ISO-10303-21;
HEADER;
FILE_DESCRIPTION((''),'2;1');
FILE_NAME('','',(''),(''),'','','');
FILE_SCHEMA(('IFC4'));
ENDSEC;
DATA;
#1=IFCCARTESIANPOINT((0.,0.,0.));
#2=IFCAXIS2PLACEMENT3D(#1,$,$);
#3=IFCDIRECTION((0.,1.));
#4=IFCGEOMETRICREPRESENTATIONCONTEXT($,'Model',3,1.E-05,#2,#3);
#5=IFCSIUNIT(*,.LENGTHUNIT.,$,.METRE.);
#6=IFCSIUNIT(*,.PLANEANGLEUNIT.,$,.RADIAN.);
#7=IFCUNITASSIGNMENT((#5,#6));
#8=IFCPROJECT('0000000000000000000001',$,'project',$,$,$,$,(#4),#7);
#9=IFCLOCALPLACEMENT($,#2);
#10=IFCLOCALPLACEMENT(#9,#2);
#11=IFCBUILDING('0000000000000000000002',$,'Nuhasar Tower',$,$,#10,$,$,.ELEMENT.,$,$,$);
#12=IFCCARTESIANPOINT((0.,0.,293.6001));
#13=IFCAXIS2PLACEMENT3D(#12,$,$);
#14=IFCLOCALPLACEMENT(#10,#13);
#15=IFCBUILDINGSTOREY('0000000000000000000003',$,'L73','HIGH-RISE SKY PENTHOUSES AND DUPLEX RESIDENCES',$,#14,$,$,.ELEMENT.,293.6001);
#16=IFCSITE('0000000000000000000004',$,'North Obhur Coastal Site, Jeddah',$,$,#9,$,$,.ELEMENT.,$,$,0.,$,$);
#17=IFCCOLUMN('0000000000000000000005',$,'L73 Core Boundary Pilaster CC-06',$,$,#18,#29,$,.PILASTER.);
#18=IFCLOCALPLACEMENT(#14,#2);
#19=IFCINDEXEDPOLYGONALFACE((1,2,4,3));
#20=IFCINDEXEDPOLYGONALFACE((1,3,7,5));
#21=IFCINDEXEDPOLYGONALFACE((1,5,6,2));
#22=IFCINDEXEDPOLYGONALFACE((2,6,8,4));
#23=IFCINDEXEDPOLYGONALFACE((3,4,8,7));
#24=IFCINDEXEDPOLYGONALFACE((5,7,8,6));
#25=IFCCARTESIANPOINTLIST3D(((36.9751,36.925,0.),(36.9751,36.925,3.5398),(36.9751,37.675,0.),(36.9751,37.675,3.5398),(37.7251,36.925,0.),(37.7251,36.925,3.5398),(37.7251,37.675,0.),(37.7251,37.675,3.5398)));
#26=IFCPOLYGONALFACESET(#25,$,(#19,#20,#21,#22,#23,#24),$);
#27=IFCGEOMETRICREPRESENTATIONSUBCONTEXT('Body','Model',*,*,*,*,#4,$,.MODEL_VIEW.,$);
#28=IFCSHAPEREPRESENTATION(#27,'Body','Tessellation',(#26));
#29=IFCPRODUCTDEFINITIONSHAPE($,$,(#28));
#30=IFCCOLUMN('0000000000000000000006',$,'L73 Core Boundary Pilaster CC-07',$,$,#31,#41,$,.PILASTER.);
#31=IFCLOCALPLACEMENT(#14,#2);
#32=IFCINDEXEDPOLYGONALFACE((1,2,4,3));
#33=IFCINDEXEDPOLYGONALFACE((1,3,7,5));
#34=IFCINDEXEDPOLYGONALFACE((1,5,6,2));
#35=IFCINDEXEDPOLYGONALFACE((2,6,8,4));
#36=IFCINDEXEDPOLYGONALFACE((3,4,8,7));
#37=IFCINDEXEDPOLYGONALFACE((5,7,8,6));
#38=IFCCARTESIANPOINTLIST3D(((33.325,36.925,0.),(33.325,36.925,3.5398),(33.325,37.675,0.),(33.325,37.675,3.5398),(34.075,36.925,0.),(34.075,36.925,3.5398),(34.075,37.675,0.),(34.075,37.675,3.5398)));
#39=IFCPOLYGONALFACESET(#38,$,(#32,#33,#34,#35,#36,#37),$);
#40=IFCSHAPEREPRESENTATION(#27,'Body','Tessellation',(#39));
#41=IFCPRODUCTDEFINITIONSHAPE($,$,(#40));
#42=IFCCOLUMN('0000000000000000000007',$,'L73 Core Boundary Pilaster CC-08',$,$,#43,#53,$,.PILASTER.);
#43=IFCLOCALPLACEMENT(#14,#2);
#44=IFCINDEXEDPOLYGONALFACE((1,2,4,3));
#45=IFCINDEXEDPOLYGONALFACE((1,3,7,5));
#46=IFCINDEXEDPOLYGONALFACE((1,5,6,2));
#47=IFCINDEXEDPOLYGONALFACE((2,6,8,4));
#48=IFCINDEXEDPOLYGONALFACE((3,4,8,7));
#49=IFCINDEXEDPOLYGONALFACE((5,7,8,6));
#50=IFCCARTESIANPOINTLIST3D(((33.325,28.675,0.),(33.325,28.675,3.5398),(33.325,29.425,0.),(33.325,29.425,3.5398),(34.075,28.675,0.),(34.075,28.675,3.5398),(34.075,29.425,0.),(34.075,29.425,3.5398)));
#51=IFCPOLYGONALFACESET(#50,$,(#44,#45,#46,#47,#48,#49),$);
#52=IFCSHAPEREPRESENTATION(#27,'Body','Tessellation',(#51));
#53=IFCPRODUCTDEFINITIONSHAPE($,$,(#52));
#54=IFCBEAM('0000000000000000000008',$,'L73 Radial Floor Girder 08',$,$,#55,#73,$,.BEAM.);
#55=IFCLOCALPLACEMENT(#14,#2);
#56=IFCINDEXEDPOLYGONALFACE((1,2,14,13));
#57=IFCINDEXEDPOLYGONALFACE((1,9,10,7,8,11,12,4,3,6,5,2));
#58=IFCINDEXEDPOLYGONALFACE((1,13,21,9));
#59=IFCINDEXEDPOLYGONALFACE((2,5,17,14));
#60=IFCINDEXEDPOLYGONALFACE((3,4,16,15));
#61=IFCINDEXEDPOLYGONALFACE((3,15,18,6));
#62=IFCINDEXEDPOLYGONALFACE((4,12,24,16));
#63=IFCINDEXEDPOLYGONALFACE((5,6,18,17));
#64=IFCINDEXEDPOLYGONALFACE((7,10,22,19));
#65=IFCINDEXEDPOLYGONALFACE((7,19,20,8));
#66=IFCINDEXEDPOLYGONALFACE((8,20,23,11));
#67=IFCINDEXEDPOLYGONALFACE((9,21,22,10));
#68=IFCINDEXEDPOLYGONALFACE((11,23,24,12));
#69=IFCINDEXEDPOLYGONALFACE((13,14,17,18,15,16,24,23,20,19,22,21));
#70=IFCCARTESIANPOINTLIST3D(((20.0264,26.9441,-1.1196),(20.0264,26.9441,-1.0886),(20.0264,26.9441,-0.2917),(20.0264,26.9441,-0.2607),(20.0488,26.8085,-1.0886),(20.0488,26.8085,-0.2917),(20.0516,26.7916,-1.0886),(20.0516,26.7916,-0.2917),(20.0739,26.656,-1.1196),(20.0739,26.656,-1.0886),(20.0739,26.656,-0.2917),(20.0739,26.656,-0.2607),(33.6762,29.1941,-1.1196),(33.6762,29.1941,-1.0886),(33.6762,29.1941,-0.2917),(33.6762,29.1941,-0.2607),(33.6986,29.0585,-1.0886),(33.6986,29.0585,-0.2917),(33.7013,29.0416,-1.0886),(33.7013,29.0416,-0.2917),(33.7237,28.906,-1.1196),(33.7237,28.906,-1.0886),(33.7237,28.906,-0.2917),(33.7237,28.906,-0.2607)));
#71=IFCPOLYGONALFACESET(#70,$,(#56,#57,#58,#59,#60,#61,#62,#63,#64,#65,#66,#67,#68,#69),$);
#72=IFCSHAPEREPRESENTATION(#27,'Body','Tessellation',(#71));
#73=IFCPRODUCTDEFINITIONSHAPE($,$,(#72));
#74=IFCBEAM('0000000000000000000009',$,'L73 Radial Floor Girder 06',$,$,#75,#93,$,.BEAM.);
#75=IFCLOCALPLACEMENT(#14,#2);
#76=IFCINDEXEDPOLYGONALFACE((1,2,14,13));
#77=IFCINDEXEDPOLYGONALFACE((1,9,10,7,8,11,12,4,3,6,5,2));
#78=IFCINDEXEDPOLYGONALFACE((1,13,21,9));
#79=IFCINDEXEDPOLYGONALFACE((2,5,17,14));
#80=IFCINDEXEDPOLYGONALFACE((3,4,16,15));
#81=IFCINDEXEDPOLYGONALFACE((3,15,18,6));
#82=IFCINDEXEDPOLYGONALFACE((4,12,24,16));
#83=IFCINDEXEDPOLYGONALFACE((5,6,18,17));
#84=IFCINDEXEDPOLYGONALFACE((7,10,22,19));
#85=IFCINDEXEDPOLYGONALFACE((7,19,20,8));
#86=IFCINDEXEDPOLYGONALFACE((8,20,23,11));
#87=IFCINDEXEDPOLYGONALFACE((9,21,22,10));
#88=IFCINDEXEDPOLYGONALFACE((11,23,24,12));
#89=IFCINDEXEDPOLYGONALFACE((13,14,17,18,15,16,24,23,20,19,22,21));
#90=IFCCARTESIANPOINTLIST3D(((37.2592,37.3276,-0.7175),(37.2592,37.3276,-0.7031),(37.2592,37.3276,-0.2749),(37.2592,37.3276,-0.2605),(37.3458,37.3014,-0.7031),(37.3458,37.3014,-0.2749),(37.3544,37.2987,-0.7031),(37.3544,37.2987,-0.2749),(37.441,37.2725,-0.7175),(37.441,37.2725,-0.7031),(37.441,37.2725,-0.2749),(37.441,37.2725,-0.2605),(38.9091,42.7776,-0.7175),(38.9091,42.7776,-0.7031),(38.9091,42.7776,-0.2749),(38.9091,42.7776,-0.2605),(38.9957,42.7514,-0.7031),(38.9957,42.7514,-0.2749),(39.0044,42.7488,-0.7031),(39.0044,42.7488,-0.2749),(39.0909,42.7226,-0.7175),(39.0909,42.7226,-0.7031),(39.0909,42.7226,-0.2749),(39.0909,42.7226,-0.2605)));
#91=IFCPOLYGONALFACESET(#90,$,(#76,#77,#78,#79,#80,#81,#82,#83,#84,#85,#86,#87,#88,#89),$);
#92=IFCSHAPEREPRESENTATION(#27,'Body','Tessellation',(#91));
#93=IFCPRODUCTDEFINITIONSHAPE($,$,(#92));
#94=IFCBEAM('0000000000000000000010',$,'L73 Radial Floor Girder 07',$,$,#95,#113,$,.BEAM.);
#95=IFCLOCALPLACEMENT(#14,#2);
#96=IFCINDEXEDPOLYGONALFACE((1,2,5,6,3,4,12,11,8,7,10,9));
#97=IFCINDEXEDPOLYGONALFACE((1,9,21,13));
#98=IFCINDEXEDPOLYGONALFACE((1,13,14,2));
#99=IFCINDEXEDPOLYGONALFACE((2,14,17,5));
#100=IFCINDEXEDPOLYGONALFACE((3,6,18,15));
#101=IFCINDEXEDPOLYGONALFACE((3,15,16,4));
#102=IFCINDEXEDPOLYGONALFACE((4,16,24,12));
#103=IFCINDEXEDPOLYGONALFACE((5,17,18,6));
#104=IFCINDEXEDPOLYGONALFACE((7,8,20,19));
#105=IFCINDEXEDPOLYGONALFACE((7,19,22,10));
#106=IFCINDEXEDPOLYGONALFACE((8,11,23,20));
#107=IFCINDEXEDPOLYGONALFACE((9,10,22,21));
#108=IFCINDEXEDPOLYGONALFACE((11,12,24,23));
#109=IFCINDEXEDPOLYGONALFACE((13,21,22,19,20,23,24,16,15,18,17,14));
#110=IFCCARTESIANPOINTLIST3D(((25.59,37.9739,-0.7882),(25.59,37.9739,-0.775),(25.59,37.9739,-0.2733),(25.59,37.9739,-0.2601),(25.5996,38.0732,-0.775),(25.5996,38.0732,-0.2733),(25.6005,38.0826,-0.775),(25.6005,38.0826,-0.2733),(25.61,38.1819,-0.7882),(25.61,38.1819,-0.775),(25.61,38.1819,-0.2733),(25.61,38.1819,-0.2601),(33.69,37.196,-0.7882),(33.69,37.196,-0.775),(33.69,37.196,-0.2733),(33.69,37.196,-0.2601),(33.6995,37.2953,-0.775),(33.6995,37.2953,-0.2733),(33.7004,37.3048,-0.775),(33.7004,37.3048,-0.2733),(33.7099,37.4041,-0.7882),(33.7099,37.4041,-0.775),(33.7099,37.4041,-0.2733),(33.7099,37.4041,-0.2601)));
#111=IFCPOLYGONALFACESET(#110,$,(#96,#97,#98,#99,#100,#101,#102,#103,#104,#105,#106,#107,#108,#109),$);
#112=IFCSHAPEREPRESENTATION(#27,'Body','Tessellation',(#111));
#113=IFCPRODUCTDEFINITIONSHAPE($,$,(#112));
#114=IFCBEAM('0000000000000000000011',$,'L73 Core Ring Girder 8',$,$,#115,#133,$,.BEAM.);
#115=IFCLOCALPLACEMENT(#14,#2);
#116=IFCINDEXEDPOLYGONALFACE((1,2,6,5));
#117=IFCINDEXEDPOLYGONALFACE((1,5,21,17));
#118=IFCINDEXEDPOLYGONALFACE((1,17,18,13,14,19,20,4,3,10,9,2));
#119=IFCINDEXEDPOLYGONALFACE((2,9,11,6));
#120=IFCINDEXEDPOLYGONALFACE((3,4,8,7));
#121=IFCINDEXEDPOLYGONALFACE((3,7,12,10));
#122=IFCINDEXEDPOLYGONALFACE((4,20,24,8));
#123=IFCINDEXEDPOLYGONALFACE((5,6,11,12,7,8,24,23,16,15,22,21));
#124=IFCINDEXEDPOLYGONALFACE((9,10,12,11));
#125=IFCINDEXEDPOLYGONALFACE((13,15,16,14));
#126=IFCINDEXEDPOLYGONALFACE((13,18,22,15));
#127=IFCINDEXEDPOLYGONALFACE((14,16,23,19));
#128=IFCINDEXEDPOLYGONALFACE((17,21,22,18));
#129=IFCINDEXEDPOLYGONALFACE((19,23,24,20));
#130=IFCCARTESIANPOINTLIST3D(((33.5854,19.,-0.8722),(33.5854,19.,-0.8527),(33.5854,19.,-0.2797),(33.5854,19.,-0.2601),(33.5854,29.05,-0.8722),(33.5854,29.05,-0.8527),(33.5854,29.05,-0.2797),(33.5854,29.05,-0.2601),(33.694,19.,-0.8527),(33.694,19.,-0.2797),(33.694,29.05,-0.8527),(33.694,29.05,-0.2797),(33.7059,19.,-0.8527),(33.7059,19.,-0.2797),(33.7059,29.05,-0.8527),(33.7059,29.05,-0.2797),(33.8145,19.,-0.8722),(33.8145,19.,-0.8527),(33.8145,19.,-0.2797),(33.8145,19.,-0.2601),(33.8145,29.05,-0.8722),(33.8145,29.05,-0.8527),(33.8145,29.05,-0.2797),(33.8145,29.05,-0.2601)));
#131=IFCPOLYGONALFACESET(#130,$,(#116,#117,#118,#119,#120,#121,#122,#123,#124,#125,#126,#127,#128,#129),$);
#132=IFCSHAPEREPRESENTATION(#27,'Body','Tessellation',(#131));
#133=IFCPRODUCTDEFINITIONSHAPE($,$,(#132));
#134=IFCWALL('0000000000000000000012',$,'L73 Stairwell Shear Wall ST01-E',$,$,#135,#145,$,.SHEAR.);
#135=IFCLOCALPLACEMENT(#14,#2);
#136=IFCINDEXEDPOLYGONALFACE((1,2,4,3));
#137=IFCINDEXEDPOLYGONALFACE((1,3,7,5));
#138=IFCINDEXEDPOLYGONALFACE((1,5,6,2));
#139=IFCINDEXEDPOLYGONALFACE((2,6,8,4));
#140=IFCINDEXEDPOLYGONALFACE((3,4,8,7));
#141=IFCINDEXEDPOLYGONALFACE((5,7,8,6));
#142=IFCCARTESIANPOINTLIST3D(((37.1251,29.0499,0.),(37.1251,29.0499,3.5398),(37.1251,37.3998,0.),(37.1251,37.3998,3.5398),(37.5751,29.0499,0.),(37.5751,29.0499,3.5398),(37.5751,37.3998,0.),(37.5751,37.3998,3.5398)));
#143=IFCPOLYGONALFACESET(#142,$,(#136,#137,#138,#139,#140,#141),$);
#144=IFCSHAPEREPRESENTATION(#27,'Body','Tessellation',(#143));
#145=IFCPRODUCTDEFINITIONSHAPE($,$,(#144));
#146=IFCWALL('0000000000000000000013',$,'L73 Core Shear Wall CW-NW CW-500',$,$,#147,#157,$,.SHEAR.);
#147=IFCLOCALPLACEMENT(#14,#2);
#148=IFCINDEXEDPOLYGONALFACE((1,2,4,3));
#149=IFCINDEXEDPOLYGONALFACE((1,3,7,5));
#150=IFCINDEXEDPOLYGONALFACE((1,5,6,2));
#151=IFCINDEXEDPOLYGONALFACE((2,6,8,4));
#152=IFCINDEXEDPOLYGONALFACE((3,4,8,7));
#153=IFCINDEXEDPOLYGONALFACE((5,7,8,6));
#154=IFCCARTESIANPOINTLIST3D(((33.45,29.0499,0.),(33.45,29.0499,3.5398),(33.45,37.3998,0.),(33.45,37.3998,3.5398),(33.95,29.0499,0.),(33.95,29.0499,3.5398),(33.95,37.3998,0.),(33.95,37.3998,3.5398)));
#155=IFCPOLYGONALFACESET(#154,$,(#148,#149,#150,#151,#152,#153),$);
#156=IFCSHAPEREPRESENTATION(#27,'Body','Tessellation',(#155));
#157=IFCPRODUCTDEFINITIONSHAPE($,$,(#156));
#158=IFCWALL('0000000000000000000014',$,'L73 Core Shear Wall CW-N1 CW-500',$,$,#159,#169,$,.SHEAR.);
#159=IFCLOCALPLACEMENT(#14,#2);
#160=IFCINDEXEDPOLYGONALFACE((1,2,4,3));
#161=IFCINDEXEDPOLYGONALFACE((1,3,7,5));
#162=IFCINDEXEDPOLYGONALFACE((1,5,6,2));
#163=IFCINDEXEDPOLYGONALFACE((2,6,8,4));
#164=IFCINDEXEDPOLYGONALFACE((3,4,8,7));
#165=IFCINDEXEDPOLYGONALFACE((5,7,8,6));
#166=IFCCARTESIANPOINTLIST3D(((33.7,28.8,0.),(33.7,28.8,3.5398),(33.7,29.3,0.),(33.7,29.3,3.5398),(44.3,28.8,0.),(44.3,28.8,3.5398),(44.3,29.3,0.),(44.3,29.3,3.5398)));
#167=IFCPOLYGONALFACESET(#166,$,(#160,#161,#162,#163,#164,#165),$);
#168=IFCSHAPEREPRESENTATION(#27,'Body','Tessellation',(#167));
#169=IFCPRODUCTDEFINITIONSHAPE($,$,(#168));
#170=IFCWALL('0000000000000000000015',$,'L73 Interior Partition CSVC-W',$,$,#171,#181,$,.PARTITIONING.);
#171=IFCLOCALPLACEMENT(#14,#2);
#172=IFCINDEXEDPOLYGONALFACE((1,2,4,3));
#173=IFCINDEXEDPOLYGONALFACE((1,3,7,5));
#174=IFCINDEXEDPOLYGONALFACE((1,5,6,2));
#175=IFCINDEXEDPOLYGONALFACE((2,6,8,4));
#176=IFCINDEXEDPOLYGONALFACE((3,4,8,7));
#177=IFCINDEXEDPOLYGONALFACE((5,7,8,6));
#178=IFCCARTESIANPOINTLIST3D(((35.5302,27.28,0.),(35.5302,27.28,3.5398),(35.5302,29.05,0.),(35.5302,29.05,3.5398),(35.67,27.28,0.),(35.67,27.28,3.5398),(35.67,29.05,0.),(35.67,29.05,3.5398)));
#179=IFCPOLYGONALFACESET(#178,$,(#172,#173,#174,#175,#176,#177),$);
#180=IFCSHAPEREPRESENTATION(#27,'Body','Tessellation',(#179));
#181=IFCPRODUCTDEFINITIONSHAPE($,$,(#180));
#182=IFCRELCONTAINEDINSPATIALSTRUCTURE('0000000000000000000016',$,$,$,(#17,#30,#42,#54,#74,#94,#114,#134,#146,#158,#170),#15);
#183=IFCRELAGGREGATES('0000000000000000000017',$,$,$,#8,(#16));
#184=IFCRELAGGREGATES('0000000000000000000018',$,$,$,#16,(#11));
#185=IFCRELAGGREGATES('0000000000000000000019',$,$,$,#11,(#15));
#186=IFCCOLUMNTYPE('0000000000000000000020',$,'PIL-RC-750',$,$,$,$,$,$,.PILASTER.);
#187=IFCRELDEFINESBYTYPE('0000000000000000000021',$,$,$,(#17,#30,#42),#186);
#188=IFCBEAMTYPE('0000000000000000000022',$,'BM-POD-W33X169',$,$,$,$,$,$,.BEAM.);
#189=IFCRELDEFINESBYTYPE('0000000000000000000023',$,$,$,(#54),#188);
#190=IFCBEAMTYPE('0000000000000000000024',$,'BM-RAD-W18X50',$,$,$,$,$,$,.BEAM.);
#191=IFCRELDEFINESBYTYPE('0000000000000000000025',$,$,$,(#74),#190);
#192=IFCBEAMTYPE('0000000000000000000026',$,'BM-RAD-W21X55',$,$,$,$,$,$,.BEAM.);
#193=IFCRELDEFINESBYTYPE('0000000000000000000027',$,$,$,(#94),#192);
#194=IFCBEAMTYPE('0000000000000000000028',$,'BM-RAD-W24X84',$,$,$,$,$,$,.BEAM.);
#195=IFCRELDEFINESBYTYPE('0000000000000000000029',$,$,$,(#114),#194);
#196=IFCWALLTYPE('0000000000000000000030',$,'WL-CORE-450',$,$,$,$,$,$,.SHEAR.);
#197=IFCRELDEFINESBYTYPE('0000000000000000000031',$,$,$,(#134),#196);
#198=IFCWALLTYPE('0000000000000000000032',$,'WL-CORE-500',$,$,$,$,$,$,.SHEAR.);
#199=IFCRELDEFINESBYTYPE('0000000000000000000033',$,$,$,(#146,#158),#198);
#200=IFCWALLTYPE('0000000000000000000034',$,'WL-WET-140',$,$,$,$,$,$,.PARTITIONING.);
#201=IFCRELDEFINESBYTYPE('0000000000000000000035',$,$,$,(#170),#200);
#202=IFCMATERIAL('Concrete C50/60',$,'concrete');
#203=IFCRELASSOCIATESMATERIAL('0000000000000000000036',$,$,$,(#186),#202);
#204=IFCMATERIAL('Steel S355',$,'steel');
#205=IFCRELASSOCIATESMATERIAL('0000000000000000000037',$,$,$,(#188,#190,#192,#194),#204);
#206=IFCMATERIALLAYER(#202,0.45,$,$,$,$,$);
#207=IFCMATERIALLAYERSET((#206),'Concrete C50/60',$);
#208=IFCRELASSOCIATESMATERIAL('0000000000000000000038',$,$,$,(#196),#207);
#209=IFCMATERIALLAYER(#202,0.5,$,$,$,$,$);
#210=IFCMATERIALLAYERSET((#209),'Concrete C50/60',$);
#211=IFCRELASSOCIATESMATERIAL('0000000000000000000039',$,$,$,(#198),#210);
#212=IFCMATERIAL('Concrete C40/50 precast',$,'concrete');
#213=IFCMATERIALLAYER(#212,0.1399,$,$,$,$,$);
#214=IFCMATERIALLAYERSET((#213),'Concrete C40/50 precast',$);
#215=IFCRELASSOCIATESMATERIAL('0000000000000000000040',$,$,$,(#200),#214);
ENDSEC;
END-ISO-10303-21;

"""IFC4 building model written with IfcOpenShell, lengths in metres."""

from ifc_helpers import new_model, si_unit, direction, frame, frame_2d, origin, origin_2d, place, context, subcontext, project, spatial, rectangle, i_section, extrude, material, layer, layer_set, material_profile, profile_set, type_object, element, save


model = new_model("IFC4")

# Units and contexts
model_context = context("Model", 3, precision=1e-05, world=origin(), true_north=direction((0.0, 1.0)))
body_context = subcontext(model_context, "Body", "Model", "MODEL_VIEW")
ifc_project = project(units=[si_unit("LENGTHUNIT", "METRE"), si_unit("PLANEANGLEUNIT", "RADIAN")], contexts=[model_context])

# Site, building, storey
site_placement = place(None, origin())
site = spatial("IfcSite", under=ifc_project, at=site_placement, Name="North Obhur Coastal Site, Jeddah", CompositionType="ELEMENT", RefElevation=0.0)
building_placement = place(site_placement, origin())
building = spatial("IfcBuilding", under=site, at=building_placement, Name="Nuhasar Tower", CompositionType="ELEMENT")
storey_placement = place(building_placement, frame((0.0, 0.0, 293.6001)))
storey = spatial("IfcBuildingStorey", under=building, at=storey_placement, Name="L73", Description="HIGH-RISE SKY PENTHOUSES AND DUPLEX RESIDENCES", CompositionType="ELEMENT", Elevation=293.6001)

# Columns
ifc_material_1 = material(Name="Concrete C50/60", Category="concrete")
ifc_material_profile_1 = material_profile(ifc_material_1, rectangle(XDim=0.75, YDim=0.75, at=origin_2d()), Name="RC750X750")
ifc_profile_set_1 = profile_set([ifc_material_profile_1], Name="Concrete C50/60")
column_type = type_object("IfcColumnType", Name="PIL-RC-750", PredefinedType="PILASTER", material=ifc_profile_set_1)
for number, where, z_axis, x_axis, name in (
    (1, (37.3501, 37.3, 0.0), (0.0, 0.0, 1.0), (1.0, 0.0, 0.0), "L73 Core Boundary Pilaster CC-06"),
    (2, (33.7, 37.3, 0.0), (0.0, 0.0, 1.0), (1.0, 0.0, 0.0), "L73 Core Boundary Pilaster CC-07"),
    (3, (33.7, 29.05, 0.0), (0.0, 0.0, 1.0), (1.0, 0.0, 0.0), "L73 Core Boundary Pilaster CC-08"),
):
    element("IfcColumn", number, at=place(storey_placement, frame(where, z_axis=z_axis, x_axis=x_axis)), inside=storey, type_object=column_type, Name=name, PredefinedType="PILASTER", context=body_context, shape_type="SweptSolid", body=[
        extrude(rectangle(XDim=0.75, YDim=0.75, at=origin_2d()), origin(), (0.0, 0.0, 1.0), 3.5398),
    ])

# Beams
ifc_material_2 = material(Name="Steel S355", Category="steel")
ifc_material_profile_2 = material_profile(ifc_material_2, i_section(OverallWidth=0.292, OverallDepth=0.8589, WebThickness=0.0171, FlangeThickness=0.031, at=origin_2d()), Name="W33X169")
ifc_profile_set_2 = profile_set([ifc_material_profile_2], Name="Steel S355")
beam_type_1 = type_object("IfcBeamType", Name="BM-POD-W33X169", PredefinedType="BEAM", material=ifc_profile_set_2)
beam_1_placement = place(storey_placement, frame((33.7, 29.05, -0.6902), z_axis=(-0.986685, -0.162642, 0.0), x_axis=(0.162642, -0.986685, 0.0)))
element("IfcBeam", 4, at=beam_1_placement, inside=storey, type_object=beam_type_1, Name="L73 Radial Floor Girder 08", PredefinedType="BEAM", context=body_context, shape_type="SweptSolid", body=[
    extrude(i_section(OverallWidth=0.292, OverallDepth=0.8589, WebThickness=0.0171, FlangeThickness=0.031, at=origin_2d()), origin(), (0.0, 0.0, 1.0), 13.834),
])
ifc_material_profile_3 = material_profile(ifc_material_2, i_section(OverallWidth=0.1899, OverallDepth=0.457, WebThickness=0.009, FlangeThickness=0.0144, at=origin_2d()), Name="W18X50")
ifc_profile_set_3 = profile_set([ifc_material_profile_3], Name="Steel S355")
beam_type_2 = type_object("IfcBeamType", Name="BM-RAD-W18X50", PredefinedType="BEAM", material=ifc_profile_set_3)
beam_2_placement = place(storey_placement, frame((37.3501, 37.3, -0.489), z_axis=(0.28975, 0.957102, 0.0), x_axis=(-0.957102, 0.28975, 0.0)))
element("IfcBeam", 5, at=beam_2_placement, inside=storey, type_object=beam_type_2, Name="L73 Radial Floor Girder 06", PredefinedType="BEAM", context=body_context, shape_type="SweptSolid", body=[
    extrude(i_section(OverallWidth=0.1899, OverallDepth=0.457, WebThickness=0.009, FlangeThickness=0.0144, at=origin_2d()), origin(), (0.0, 0.0, 1.0), 5.6943),
])
ifc_material_profile_4 = material_profile(ifc_material_2, i_section(OverallWidth=0.209, OverallDepth=0.5281, WebThickness=0.0095, FlangeThickness=0.0132, at=origin_2d()), Name="W21X55")
ifc_profile_set_4 = profile_set([ifc_material_profile_4], Name="Steel S355")
beam_type_3 = type_object("IfcBeamType", Name="BM-RAD-W21X55", PredefinedType="BEAM", material=ifc_profile_set_4)
beam_3_placement = place(storey_placement, frame((33.7, 37.3, -0.5242), z_axis=(-0.995421, 0.095591, 0.0), x_axis=(-0.095591, -0.995421, 0.0)))
element("IfcBeam", 6, at=beam_3_placement, inside=storey, type_object=beam_type_3, Name="L73 Radial Floor Girder 07", PredefinedType="BEAM", context=body_context, shape_type="SweptSolid", body=[
    extrude(i_section(OverallWidth=0.209, OverallDepth=0.5281, WebThickness=0.0095, FlangeThickness=0.0132, at=origin_2d()), origin(), (0.0, 0.0, 1.0), 8.1372),
])
ifc_material_profile_5 = material_profile(ifc_material_2, i_section(OverallWidth=0.229, OverallDepth=0.6121, WebThickness=0.012, FlangeThickness=0.0195, at=origin_2d()), Name="W24X84")
ifc_profile_set_5 = profile_set([ifc_material_profile_5], Name="Steel S355")
beam_type_4 = type_object("IfcBeamType", Name="BM-RAD-W24X84", PredefinedType="BEAM", material=ifc_profile_set_5)
beam_4_placement = place(storey_placement, frame((33.7, 29.05, -0.5662), z_axis=(0.0, -1.0, 0.0), x_axis=(1.0, 0.0, 0.0)))
element("IfcBeam", 7, at=beam_4_placement, inside=storey, type_object=beam_type_4, Name="L73 Core Ring Girder 8", PredefinedType="BEAM", context=body_context, shape_type="SweptSolid", body=[
    extrude(i_section(OverallWidth=0.229, OverallDepth=0.6121, WebThickness=0.012, FlangeThickness=0.0195, at=origin_2d()), origin(), (0.0, 0.0, 1.0), 10.05),
])

# Walls
ifc_layer_1 = layer(ifc_material_1, 0.45)
ifc_layer_set_1 = layer_set([ifc_layer_1], Name="Concrete C50/60")
wall_type_1 = type_object("IfcWallType", Name="WL-CORE-450", PredefinedType="SHEAR", material=ifc_layer_set_1)
wall_1_placement = place(storey_placement, frame((37.3501, 29.05, 0.0), z_axis=(0.0, 0.0, 1.0), x_axis=(0.0, 1.0, 0.0)))
element("IfcWall", 8, at=wall_1_placement, inside=storey, type_object=wall_type_1, Name="L73 Stairwell Shear Wall ST01-E", PredefinedType="SHEAR", context=body_context, shape_type="SweptSolid", body=[
    extrude(rectangle(XDim=8.3499, YDim=0.45, at=frame_2d((4.1748, 0.0))), origin(), (0.0, 0.0, 1.0), 3.5398),
])
ifc_layer_2 = layer(ifc_material_1, 0.5)
ifc_layer_set_2 = layer_set([ifc_layer_2], Name="Concrete C50/60")
wall_type_2 = type_object("IfcWallType", Name="WL-CORE-500", PredefinedType="SHEAR", material=ifc_layer_set_2)
wall_2_placement = place(storey_placement, frame((33.7, 29.05, 0.0), z_axis=(0.0, 0.0, 1.0), x_axis=(0.0, 1.0, 0.0)))
element("IfcWall", 9, at=wall_2_placement, inside=storey, type_object=wall_type_2, Name="L73 Core Shear Wall CW-NW CW-500", PredefinedType="SHEAR", context=body_context, shape_type="SweptSolid", body=[
    extrude(rectangle(XDim=8.3499, YDim=0.5, at=frame_2d((4.1748, 0.0))), origin(), (0.0, 0.0, 1.0), 3.5398),
])
wall_3_placement = place(storey_placement, frame((33.7, 29.05, 0.0), z_axis=(0.0, 0.0, 1.0), x_axis=(1.0, 0.0, 0.0)))
element("IfcWall", 10, at=wall_3_placement, inside=storey, type_object=wall_type_2, Name="L73 Core Shear Wall CW-N1 CW-500", PredefinedType="SHEAR", context=body_context, shape_type="SweptSolid", body=[
    extrude(rectangle(XDim=10.6001, YDim=0.5, at=frame_2d((5.3, 0.0))), origin(), (0.0, 0.0, 1.0), 3.5398),
])
ifc_material_3 = material(Name="Concrete C40/50 precast", Category="concrete")
ifc_layer_3 = layer(ifc_material_3, 0.1399)
ifc_layer_set_3 = layer_set([ifc_layer_3], Name="Concrete C40/50 precast")
wall_type_3 = type_object("IfcWallType", Name="WL-WET-140", PredefinedType="PARTITIONING", material=ifc_layer_set_3)
wall_4_placement = place(storey_placement, frame((35.6001, 27.28, 0.0), z_axis=(0.0, 0.0, 1.0), x_axis=(0.0, 1.0, 0.0)))
element("IfcWall", 11, at=wall_4_placement, inside=storey, type_object=wall_type_3, Name="L73 Interior Partition CSVC-W", PredefinedType="PARTITIONING", context=body_context, shape_type="SweptSolid", body=[
    extrude(rectangle(XDim=1.77, YDim=0.1399, at=frame_2d((0.885, 0.0))), origin(), (0.0, 0.0, 1.0), 3.5398),
])

save(model, "model.ifc")
